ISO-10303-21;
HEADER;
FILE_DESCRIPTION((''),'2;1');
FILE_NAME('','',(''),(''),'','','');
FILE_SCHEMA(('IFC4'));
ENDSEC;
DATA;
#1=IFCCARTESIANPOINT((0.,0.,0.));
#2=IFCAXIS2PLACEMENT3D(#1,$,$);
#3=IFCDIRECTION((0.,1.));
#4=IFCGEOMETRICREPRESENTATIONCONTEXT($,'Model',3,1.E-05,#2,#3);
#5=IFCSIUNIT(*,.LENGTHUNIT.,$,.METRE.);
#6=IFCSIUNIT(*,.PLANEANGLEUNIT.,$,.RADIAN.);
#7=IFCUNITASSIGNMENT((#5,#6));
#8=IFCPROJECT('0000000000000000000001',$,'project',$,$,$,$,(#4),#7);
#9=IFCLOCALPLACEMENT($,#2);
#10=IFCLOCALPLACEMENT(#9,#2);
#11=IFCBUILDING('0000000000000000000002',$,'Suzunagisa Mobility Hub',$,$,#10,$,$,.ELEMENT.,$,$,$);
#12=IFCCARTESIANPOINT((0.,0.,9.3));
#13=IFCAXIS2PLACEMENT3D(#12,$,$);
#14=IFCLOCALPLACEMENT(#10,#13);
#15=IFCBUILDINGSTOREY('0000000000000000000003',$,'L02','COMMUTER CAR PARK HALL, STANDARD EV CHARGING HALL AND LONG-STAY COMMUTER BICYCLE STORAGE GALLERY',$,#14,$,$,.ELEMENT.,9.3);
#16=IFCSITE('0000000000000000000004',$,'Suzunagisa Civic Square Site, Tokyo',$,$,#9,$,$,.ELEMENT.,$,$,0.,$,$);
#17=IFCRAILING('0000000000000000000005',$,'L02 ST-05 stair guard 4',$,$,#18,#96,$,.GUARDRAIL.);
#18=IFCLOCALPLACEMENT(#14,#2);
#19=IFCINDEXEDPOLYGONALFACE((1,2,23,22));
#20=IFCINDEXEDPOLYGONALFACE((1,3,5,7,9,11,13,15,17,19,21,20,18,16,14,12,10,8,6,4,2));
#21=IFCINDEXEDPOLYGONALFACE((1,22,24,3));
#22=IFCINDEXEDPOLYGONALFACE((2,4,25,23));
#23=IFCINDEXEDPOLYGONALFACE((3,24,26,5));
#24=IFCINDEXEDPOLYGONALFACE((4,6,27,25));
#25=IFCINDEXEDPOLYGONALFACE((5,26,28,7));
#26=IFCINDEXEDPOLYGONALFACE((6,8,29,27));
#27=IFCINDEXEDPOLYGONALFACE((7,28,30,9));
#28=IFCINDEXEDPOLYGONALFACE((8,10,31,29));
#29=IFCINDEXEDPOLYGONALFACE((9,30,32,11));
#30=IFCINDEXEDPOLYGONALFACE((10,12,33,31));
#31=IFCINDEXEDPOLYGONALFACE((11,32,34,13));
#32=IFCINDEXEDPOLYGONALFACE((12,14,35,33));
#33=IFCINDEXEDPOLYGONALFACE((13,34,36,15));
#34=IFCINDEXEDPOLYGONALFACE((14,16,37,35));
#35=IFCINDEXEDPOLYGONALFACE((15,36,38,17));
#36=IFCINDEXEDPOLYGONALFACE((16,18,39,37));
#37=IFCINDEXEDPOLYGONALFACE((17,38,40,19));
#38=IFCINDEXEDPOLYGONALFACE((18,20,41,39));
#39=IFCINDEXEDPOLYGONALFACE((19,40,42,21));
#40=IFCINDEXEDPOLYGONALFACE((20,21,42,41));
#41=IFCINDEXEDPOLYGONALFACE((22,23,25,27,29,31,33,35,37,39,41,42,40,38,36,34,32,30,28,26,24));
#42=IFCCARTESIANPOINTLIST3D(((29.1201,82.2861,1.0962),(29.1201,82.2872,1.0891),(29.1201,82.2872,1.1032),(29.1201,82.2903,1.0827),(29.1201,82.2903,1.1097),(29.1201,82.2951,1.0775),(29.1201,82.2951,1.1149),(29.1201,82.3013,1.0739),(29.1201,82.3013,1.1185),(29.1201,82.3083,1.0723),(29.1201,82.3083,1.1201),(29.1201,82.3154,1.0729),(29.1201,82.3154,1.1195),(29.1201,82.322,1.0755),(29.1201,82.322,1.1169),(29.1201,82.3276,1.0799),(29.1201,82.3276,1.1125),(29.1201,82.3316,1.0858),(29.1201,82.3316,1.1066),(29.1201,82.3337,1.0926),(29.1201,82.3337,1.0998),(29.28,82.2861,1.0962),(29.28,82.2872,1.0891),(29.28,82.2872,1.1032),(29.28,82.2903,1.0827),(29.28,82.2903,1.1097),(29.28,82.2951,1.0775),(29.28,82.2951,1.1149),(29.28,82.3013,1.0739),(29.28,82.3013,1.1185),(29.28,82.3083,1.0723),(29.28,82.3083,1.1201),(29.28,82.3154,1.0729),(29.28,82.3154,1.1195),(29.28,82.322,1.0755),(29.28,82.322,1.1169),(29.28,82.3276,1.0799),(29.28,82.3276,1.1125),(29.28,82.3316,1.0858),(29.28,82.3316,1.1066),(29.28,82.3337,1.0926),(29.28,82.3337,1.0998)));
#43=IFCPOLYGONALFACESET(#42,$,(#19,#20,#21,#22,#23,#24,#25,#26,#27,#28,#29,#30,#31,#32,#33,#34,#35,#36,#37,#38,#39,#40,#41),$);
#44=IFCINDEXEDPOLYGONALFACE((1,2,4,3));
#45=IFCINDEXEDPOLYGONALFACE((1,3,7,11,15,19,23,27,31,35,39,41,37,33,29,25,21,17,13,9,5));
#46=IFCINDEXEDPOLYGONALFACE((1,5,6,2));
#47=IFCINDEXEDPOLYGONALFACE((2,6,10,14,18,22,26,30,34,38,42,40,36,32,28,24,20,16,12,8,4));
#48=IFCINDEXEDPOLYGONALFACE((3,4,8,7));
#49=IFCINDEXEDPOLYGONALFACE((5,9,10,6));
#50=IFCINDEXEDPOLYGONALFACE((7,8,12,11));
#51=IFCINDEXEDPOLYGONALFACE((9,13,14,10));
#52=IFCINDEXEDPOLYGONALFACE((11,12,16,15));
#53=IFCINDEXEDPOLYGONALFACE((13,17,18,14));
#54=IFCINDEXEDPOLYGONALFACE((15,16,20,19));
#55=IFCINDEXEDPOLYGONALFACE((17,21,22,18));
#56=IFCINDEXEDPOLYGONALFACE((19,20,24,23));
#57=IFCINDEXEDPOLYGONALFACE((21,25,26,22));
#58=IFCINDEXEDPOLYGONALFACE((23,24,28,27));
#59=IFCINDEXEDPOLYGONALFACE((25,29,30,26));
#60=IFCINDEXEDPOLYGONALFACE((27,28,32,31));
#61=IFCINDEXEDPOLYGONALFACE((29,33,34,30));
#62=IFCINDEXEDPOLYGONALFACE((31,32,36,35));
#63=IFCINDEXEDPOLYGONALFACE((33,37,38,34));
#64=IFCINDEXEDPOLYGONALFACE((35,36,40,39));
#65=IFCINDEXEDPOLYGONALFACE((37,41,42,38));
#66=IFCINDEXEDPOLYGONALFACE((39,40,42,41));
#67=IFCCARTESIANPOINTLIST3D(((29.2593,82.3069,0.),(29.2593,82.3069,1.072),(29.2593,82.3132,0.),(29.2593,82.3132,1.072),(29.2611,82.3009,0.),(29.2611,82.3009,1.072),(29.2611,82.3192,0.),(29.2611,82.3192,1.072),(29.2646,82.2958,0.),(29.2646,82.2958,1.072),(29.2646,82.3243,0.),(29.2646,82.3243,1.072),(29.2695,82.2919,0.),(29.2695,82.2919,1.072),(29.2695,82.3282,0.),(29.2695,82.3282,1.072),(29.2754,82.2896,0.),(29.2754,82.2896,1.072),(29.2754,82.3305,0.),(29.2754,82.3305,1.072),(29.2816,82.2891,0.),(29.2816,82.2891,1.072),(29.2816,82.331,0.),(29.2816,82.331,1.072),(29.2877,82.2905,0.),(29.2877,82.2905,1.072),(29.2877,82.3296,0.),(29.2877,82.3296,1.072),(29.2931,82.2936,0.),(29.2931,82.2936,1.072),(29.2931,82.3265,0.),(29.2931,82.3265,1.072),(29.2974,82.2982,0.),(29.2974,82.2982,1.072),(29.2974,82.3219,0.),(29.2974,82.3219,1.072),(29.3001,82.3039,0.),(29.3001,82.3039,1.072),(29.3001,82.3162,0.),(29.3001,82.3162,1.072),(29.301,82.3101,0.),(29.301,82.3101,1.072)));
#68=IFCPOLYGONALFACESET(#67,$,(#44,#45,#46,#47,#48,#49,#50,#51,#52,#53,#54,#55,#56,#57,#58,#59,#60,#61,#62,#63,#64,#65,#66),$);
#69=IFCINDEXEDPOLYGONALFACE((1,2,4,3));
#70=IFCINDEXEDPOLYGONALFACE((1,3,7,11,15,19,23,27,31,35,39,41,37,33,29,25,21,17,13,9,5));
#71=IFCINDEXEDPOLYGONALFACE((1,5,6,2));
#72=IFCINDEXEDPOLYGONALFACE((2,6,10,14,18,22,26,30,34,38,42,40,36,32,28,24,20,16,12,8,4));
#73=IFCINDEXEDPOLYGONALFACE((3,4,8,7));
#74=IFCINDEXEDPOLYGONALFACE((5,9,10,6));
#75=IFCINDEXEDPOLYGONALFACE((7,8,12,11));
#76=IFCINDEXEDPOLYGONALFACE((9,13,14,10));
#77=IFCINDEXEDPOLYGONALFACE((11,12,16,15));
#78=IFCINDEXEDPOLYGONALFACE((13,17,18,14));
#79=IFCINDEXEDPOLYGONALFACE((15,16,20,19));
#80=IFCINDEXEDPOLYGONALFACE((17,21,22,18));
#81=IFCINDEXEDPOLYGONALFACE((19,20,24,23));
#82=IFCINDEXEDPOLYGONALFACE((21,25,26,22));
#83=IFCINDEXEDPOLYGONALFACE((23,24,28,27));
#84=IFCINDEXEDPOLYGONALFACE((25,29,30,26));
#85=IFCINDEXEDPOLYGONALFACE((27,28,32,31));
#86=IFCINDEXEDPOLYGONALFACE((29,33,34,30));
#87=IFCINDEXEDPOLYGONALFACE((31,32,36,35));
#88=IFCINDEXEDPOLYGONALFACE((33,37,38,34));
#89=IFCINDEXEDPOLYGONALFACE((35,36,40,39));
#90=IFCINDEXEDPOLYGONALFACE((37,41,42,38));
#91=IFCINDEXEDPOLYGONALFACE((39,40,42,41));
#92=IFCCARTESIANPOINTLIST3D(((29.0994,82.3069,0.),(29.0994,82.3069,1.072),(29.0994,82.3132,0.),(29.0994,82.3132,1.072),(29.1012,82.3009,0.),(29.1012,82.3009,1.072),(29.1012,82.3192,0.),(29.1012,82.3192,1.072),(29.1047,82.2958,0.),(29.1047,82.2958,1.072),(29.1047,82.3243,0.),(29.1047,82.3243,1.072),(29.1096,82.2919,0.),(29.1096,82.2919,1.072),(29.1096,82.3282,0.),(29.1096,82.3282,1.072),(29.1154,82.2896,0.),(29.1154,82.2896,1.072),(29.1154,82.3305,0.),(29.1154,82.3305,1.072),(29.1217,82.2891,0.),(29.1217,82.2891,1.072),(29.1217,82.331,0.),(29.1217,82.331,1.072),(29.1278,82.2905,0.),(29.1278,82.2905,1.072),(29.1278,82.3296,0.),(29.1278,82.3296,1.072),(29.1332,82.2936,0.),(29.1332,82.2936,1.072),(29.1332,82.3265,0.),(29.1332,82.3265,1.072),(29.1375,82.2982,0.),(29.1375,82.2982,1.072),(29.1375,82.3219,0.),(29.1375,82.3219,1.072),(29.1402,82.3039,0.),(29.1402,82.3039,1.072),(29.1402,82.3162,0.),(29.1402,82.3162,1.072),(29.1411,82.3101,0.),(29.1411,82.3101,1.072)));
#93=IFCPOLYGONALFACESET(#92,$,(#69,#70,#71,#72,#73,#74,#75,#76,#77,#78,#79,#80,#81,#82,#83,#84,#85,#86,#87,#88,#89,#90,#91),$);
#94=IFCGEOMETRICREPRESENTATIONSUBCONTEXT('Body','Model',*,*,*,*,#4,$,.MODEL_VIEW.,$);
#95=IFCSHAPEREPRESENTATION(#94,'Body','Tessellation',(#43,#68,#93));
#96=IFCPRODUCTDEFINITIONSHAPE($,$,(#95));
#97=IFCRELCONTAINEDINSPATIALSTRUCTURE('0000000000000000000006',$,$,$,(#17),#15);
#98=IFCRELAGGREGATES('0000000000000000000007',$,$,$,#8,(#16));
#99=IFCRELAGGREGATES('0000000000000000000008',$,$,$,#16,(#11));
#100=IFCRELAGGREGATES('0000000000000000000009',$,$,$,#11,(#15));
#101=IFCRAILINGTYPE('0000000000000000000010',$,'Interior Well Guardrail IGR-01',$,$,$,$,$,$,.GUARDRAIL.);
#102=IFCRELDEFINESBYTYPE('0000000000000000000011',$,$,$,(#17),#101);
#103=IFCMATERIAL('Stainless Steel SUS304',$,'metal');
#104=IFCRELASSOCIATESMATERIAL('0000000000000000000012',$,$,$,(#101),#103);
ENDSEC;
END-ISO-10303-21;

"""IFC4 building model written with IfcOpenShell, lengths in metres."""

from ifc_helpers import new_model, si_unit, direction, frame, origin, origin_2d, place, context, subcontext, project, spatial, circle, extrude, material, type_object, element, save


model = new_model("IFC4")

# Units and contexts
model_context = context("Model", 3, precision=1e-05, world=origin(), true_north=direction((0.0, 1.0)))
body_context = subcontext(model_context, "Body", "Model", "MODEL_VIEW")
ifc_project = project(units=[si_unit("LENGTHUNIT", "METRE"), si_unit("PLANEANGLEUNIT", "RADIAN")], contexts=[model_context])

# Site, building, storey
site_placement = place(None, origin())
site = spatial("IfcSite", under=ifc_project, at=site_placement, Name="Suzunagisa Civic Square Site, Tokyo", CompositionType="ELEMENT", RefElevation=0.0)
building_placement = place(site_placement, origin())
building = spatial("IfcBuilding", under=site, at=building_placement, Name="Suzunagisa Mobility Hub", CompositionType="ELEMENT")
storey_placement = place(building_placement, frame((0.0, 0.0, 9.3)))
storey = spatial("IfcBuildingStorey", under=building, at=storey_placement, Name="L02", Description="COMMUTER CAR PARK HALL, STANDARD EV CHARGING HALL AND LONG-STAY COMMUTER BICYCLE STORAGE GALLERY", CompositionType="ELEMENT", Elevation=9.3)

# Railing
ifc_material_1 = material(Name="Stainless Steel SUS304", Category="metal")
railing_type_1 = type_object("IfcRailingType", Name="Interior Well Guardrail IGR-01", PredefinedType="GUARDRAIL", material=ifc_material_1)
railing_1_placement = place(storey_placement, frame((29.28, 82.3101, 0.0)))
element("IfcRailing", 1, at=railing_1_placement, inside=storey, type_object=railing_type_1, Name="L02 ST-05 stair guard 4", PredefinedType="GUARDRAIL", context=body_context, shape_type="SweptSolid", body=[
    extrude(circle(Radius=0.0239, at=origin_2d()), frame((0.0, 0.0, 1.0962), z_axis=(-1.0, 0.0, 0.0), x_axis=(0.0, -1.0, 0.0)), (0.0, 0.0, 1.0), 0.1599),
    extrude(circle(Radius=0.021, at=origin_2d()), origin(), (0.0, 0.0, 1.0), 1.072),
    extrude(circle(Radius=0.021, at=origin_2d()), frame((-0.1599, 0.0, 0.0)), (0.0, 0.0, 1.0), 1.072),
])

save(model, "model.ifc")
